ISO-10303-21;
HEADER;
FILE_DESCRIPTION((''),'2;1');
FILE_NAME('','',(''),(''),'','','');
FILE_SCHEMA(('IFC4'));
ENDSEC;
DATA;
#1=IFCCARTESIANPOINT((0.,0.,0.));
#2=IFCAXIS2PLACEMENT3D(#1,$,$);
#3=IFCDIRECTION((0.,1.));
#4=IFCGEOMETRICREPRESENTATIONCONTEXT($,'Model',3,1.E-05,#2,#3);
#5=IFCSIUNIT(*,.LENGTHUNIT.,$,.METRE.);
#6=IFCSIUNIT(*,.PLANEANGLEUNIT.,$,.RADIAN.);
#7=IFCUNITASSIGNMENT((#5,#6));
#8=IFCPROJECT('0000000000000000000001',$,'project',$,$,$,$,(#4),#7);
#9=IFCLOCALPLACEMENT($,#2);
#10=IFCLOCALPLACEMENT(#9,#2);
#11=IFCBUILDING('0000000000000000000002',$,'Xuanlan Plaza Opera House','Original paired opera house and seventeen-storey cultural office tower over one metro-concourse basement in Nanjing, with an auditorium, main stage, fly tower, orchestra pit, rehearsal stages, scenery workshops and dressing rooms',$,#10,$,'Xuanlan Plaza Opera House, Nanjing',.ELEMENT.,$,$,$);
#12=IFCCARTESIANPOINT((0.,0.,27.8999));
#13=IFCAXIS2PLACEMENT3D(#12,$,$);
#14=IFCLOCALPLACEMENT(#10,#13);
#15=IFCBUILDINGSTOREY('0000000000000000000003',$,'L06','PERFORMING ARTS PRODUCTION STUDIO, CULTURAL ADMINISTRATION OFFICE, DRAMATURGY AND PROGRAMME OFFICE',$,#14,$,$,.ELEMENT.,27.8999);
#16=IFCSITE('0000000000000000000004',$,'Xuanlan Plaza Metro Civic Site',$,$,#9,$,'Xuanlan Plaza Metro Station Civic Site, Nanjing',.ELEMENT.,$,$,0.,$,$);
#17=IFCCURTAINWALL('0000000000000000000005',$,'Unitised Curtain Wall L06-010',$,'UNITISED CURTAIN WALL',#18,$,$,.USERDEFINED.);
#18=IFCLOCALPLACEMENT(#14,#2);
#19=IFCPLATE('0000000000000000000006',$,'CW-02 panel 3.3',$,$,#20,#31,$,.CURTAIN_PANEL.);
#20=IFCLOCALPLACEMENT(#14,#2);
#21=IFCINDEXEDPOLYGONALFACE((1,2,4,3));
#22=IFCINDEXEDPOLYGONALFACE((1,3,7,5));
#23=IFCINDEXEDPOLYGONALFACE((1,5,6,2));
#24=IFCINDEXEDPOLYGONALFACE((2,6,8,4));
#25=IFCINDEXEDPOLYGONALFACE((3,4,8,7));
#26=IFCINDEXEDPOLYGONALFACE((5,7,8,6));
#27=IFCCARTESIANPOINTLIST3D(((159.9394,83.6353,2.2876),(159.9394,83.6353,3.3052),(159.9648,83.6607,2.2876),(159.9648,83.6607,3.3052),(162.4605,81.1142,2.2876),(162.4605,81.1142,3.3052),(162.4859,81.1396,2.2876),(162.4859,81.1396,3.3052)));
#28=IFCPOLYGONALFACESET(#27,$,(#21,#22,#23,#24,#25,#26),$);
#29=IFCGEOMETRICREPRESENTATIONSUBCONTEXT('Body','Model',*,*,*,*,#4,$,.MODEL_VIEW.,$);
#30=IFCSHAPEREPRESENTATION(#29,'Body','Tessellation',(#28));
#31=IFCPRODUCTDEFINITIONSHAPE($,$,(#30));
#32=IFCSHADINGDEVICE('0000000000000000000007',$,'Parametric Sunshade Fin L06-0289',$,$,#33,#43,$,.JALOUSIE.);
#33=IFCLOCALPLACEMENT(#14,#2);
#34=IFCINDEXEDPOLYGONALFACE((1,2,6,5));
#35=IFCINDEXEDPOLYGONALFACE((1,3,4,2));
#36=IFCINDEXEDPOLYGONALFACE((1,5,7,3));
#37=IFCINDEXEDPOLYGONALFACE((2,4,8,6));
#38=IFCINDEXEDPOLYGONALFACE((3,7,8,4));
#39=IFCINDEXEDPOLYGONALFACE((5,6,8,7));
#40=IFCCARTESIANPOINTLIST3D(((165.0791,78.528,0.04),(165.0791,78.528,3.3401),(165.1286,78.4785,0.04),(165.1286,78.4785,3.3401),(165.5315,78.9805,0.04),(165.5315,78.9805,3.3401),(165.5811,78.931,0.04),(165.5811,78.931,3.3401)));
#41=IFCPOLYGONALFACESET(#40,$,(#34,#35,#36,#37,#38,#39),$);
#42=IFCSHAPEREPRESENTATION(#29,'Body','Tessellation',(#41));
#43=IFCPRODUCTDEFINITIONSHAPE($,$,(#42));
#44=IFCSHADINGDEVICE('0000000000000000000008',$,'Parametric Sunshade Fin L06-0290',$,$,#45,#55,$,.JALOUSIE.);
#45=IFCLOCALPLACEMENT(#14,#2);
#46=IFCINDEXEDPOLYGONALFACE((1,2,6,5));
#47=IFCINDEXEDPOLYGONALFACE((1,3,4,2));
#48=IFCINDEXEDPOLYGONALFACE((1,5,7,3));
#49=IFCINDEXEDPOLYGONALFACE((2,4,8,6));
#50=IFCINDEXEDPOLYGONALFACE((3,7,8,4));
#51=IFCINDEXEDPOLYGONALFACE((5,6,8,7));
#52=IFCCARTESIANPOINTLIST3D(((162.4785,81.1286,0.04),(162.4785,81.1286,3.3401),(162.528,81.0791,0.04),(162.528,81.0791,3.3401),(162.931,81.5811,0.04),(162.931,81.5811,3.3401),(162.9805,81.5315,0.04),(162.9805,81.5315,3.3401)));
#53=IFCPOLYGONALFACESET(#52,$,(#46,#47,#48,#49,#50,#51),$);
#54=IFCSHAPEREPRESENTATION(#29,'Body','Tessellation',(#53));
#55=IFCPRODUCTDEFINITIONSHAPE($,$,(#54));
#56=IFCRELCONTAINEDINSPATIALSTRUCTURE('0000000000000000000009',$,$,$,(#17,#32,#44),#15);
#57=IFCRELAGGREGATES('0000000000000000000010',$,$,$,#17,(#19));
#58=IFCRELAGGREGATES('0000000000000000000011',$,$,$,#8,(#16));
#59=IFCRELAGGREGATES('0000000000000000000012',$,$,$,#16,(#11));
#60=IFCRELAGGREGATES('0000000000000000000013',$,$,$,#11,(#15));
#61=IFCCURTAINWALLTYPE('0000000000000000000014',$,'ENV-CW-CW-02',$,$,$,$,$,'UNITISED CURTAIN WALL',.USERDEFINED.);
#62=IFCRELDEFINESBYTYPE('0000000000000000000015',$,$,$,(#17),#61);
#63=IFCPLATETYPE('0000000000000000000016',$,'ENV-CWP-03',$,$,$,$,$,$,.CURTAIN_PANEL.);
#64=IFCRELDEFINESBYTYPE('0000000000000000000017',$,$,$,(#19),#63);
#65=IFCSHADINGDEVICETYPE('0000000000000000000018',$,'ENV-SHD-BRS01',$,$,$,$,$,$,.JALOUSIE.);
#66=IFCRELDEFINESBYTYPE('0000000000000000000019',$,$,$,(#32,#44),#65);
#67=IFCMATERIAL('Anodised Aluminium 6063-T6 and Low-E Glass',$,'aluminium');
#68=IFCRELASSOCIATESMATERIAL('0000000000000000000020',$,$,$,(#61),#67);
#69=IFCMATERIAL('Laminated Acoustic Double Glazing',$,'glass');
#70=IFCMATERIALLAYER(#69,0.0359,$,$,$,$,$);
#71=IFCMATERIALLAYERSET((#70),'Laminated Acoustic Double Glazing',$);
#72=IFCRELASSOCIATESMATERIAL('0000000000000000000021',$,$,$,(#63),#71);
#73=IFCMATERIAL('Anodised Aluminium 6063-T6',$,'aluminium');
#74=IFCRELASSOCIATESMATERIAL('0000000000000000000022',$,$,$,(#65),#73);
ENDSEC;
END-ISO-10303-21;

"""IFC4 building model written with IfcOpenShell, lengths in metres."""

from ifc_helpers import new_model, si_unit, direction, frame, origin, origin_2d, place, context, subcontext, project, spatial, rectangle, extrude, material, layer, layer_set, type_object, element, aggregate, save


model = new_model("IFC4")

# Units and contexts
model_context = context("Model", 3, precision=1e-05, world=origin(), true_north=direction((0.0, 1.0)))
body_context = subcontext(model_context, "Body", "Model", "MODEL_VIEW")
ifc_project = project(units=[si_unit("LENGTHUNIT", "METRE"), si_unit("PLANEANGLEUNIT", "RADIAN")], contexts=[model_context])

# Site, building, storey
site_placement = place(None, origin())
site = spatial("IfcSite", under=ifc_project, at=site_placement, Name="Xuanlan Plaza Metro Civic Site", LongName="Xuanlan Plaza Metro Station Civic Site, Nanjing", CompositionType="ELEMENT", RefElevation=0.0)
building_placement = place(site_placement, origin())
building = spatial("IfcBuilding", under=site, at=building_placement, Name="Xuanlan Plaza Opera House", Description="Original paired opera house and seventeen-storey cultural office tower over one metro-concourse basement in Nanjing, with an auditorium, main stage, fly tower, orchestra pit, rehearsal stages, scenery workshops and dressing rooms", LongName="Xuanlan Plaza Opera House, Nanjing", CompositionType="ELEMENT")
storey_placement = place(building_placement, frame((0.0, 0.0, 27.8999)))
storey = spatial("IfcBuildingStorey", under=building, at=storey_placement, Name="L06", Description="PERFORMING ARTS PRODUCTION STUDIO, CULTURAL ADMINISTRATION OFFICE, DRAMATURGY AND PROGRAMME OFFICE", CompositionType="ELEMENT", Elevation=27.8999)

# Curtain wall
ifc_material_1 = material(Name="Anodised Aluminium 6063-T6 and Low-E Glass", Category="aluminium")
curtain_wall_type = type_object("IfcCurtainWallType", Name="ENV-CW-CW-02", ElementType="UNITISED CURTAIN WALL", PredefinedType="USERDEFINED", material=ifc_material_1)
curtain_wall_placement = place(storey_placement, origin())
curtain_wall = element("IfcCurtainWall", 1, at=curtain_wall_placement, inside=storey, type_object=curtain_wall_type, Name="Unitised Curtain Wall L06-010", ObjectType="UNITISED CURTAIN WALL", PredefinedType="USERDEFINED")
ifc_material_2 = material(Name="Anodised Aluminium 6063-T6", Category="aluminium")

# Plate
ifc_material_3 = material(Name="Laminated Acoustic Double Glazing", Category="glass")
ifc_layer = layer(ifc_material_3, 0.0359)
ifc_layer_set = layer_set([ifc_layer], Name="Laminated Acoustic Double Glazing")
plate_type = type_object("IfcPlateType", Name="ENV-CWP-03", PredefinedType="CURTAIN_PANEL", material=ifc_layer_set)
plate_1_placement = place(storey_placement, frame((161.2126, 82.3875, 2.2876), z_axis=(0.0, 0.0, 1.0), x_axis=(-0.707107, 0.707107, 0.0)))
plate_1 = element("IfcPlate", 2, at=plate_1_placement, type_object=plate_type, Name="CW-02 panel 3.3", PredefinedType="CURTAIN_PANEL", context=body_context, shape_type="SweptSolid", body=[
    extrude(rectangle(XDim=3.5654, YDim=0.0359, at=origin_2d()), origin(), (0.0, 0.0, 1.0), 1.0176),
])
aggregate(curtain_wall, [plate_1])

# Shading devices
shading_device_type = type_object("IfcShadingDeviceType", Name="ENV-SHD-BRS01", PredefinedType="JALOUSIE", material=ifc_material_2)
for number, where, z_axis, x_axis, name in (
    (3, (165.3301, 78.7295, 0.04), (0.0, 0.0, 1.0), (0.707107, 0.707107, 0.0), "Parametric Sunshade Fin L06-0289"),
    (4, (162.7295, 81.3301, 0.04), (0.0, 0.0, 1.0), (0.707107, 0.707107, 0.0), "Parametric Sunshade Fin L06-0290"),
):
    element("IfcShadingDevice", number, at=place(storey_placement, frame(where, z_axis=z_axis, x_axis=x_axis)), inside=storey, type_object=shading_device_type, Name=name, PredefinedType="JALOUSIE", context=body_context, shape_type="SweptSolid", body=[
        extrude(rectangle(XDim=0.6399, YDim=0.0701, at=origin_2d()), origin(), (0.0, 0.0, 1.0), 3.3),
    ])

save(model, "model.ifc")
